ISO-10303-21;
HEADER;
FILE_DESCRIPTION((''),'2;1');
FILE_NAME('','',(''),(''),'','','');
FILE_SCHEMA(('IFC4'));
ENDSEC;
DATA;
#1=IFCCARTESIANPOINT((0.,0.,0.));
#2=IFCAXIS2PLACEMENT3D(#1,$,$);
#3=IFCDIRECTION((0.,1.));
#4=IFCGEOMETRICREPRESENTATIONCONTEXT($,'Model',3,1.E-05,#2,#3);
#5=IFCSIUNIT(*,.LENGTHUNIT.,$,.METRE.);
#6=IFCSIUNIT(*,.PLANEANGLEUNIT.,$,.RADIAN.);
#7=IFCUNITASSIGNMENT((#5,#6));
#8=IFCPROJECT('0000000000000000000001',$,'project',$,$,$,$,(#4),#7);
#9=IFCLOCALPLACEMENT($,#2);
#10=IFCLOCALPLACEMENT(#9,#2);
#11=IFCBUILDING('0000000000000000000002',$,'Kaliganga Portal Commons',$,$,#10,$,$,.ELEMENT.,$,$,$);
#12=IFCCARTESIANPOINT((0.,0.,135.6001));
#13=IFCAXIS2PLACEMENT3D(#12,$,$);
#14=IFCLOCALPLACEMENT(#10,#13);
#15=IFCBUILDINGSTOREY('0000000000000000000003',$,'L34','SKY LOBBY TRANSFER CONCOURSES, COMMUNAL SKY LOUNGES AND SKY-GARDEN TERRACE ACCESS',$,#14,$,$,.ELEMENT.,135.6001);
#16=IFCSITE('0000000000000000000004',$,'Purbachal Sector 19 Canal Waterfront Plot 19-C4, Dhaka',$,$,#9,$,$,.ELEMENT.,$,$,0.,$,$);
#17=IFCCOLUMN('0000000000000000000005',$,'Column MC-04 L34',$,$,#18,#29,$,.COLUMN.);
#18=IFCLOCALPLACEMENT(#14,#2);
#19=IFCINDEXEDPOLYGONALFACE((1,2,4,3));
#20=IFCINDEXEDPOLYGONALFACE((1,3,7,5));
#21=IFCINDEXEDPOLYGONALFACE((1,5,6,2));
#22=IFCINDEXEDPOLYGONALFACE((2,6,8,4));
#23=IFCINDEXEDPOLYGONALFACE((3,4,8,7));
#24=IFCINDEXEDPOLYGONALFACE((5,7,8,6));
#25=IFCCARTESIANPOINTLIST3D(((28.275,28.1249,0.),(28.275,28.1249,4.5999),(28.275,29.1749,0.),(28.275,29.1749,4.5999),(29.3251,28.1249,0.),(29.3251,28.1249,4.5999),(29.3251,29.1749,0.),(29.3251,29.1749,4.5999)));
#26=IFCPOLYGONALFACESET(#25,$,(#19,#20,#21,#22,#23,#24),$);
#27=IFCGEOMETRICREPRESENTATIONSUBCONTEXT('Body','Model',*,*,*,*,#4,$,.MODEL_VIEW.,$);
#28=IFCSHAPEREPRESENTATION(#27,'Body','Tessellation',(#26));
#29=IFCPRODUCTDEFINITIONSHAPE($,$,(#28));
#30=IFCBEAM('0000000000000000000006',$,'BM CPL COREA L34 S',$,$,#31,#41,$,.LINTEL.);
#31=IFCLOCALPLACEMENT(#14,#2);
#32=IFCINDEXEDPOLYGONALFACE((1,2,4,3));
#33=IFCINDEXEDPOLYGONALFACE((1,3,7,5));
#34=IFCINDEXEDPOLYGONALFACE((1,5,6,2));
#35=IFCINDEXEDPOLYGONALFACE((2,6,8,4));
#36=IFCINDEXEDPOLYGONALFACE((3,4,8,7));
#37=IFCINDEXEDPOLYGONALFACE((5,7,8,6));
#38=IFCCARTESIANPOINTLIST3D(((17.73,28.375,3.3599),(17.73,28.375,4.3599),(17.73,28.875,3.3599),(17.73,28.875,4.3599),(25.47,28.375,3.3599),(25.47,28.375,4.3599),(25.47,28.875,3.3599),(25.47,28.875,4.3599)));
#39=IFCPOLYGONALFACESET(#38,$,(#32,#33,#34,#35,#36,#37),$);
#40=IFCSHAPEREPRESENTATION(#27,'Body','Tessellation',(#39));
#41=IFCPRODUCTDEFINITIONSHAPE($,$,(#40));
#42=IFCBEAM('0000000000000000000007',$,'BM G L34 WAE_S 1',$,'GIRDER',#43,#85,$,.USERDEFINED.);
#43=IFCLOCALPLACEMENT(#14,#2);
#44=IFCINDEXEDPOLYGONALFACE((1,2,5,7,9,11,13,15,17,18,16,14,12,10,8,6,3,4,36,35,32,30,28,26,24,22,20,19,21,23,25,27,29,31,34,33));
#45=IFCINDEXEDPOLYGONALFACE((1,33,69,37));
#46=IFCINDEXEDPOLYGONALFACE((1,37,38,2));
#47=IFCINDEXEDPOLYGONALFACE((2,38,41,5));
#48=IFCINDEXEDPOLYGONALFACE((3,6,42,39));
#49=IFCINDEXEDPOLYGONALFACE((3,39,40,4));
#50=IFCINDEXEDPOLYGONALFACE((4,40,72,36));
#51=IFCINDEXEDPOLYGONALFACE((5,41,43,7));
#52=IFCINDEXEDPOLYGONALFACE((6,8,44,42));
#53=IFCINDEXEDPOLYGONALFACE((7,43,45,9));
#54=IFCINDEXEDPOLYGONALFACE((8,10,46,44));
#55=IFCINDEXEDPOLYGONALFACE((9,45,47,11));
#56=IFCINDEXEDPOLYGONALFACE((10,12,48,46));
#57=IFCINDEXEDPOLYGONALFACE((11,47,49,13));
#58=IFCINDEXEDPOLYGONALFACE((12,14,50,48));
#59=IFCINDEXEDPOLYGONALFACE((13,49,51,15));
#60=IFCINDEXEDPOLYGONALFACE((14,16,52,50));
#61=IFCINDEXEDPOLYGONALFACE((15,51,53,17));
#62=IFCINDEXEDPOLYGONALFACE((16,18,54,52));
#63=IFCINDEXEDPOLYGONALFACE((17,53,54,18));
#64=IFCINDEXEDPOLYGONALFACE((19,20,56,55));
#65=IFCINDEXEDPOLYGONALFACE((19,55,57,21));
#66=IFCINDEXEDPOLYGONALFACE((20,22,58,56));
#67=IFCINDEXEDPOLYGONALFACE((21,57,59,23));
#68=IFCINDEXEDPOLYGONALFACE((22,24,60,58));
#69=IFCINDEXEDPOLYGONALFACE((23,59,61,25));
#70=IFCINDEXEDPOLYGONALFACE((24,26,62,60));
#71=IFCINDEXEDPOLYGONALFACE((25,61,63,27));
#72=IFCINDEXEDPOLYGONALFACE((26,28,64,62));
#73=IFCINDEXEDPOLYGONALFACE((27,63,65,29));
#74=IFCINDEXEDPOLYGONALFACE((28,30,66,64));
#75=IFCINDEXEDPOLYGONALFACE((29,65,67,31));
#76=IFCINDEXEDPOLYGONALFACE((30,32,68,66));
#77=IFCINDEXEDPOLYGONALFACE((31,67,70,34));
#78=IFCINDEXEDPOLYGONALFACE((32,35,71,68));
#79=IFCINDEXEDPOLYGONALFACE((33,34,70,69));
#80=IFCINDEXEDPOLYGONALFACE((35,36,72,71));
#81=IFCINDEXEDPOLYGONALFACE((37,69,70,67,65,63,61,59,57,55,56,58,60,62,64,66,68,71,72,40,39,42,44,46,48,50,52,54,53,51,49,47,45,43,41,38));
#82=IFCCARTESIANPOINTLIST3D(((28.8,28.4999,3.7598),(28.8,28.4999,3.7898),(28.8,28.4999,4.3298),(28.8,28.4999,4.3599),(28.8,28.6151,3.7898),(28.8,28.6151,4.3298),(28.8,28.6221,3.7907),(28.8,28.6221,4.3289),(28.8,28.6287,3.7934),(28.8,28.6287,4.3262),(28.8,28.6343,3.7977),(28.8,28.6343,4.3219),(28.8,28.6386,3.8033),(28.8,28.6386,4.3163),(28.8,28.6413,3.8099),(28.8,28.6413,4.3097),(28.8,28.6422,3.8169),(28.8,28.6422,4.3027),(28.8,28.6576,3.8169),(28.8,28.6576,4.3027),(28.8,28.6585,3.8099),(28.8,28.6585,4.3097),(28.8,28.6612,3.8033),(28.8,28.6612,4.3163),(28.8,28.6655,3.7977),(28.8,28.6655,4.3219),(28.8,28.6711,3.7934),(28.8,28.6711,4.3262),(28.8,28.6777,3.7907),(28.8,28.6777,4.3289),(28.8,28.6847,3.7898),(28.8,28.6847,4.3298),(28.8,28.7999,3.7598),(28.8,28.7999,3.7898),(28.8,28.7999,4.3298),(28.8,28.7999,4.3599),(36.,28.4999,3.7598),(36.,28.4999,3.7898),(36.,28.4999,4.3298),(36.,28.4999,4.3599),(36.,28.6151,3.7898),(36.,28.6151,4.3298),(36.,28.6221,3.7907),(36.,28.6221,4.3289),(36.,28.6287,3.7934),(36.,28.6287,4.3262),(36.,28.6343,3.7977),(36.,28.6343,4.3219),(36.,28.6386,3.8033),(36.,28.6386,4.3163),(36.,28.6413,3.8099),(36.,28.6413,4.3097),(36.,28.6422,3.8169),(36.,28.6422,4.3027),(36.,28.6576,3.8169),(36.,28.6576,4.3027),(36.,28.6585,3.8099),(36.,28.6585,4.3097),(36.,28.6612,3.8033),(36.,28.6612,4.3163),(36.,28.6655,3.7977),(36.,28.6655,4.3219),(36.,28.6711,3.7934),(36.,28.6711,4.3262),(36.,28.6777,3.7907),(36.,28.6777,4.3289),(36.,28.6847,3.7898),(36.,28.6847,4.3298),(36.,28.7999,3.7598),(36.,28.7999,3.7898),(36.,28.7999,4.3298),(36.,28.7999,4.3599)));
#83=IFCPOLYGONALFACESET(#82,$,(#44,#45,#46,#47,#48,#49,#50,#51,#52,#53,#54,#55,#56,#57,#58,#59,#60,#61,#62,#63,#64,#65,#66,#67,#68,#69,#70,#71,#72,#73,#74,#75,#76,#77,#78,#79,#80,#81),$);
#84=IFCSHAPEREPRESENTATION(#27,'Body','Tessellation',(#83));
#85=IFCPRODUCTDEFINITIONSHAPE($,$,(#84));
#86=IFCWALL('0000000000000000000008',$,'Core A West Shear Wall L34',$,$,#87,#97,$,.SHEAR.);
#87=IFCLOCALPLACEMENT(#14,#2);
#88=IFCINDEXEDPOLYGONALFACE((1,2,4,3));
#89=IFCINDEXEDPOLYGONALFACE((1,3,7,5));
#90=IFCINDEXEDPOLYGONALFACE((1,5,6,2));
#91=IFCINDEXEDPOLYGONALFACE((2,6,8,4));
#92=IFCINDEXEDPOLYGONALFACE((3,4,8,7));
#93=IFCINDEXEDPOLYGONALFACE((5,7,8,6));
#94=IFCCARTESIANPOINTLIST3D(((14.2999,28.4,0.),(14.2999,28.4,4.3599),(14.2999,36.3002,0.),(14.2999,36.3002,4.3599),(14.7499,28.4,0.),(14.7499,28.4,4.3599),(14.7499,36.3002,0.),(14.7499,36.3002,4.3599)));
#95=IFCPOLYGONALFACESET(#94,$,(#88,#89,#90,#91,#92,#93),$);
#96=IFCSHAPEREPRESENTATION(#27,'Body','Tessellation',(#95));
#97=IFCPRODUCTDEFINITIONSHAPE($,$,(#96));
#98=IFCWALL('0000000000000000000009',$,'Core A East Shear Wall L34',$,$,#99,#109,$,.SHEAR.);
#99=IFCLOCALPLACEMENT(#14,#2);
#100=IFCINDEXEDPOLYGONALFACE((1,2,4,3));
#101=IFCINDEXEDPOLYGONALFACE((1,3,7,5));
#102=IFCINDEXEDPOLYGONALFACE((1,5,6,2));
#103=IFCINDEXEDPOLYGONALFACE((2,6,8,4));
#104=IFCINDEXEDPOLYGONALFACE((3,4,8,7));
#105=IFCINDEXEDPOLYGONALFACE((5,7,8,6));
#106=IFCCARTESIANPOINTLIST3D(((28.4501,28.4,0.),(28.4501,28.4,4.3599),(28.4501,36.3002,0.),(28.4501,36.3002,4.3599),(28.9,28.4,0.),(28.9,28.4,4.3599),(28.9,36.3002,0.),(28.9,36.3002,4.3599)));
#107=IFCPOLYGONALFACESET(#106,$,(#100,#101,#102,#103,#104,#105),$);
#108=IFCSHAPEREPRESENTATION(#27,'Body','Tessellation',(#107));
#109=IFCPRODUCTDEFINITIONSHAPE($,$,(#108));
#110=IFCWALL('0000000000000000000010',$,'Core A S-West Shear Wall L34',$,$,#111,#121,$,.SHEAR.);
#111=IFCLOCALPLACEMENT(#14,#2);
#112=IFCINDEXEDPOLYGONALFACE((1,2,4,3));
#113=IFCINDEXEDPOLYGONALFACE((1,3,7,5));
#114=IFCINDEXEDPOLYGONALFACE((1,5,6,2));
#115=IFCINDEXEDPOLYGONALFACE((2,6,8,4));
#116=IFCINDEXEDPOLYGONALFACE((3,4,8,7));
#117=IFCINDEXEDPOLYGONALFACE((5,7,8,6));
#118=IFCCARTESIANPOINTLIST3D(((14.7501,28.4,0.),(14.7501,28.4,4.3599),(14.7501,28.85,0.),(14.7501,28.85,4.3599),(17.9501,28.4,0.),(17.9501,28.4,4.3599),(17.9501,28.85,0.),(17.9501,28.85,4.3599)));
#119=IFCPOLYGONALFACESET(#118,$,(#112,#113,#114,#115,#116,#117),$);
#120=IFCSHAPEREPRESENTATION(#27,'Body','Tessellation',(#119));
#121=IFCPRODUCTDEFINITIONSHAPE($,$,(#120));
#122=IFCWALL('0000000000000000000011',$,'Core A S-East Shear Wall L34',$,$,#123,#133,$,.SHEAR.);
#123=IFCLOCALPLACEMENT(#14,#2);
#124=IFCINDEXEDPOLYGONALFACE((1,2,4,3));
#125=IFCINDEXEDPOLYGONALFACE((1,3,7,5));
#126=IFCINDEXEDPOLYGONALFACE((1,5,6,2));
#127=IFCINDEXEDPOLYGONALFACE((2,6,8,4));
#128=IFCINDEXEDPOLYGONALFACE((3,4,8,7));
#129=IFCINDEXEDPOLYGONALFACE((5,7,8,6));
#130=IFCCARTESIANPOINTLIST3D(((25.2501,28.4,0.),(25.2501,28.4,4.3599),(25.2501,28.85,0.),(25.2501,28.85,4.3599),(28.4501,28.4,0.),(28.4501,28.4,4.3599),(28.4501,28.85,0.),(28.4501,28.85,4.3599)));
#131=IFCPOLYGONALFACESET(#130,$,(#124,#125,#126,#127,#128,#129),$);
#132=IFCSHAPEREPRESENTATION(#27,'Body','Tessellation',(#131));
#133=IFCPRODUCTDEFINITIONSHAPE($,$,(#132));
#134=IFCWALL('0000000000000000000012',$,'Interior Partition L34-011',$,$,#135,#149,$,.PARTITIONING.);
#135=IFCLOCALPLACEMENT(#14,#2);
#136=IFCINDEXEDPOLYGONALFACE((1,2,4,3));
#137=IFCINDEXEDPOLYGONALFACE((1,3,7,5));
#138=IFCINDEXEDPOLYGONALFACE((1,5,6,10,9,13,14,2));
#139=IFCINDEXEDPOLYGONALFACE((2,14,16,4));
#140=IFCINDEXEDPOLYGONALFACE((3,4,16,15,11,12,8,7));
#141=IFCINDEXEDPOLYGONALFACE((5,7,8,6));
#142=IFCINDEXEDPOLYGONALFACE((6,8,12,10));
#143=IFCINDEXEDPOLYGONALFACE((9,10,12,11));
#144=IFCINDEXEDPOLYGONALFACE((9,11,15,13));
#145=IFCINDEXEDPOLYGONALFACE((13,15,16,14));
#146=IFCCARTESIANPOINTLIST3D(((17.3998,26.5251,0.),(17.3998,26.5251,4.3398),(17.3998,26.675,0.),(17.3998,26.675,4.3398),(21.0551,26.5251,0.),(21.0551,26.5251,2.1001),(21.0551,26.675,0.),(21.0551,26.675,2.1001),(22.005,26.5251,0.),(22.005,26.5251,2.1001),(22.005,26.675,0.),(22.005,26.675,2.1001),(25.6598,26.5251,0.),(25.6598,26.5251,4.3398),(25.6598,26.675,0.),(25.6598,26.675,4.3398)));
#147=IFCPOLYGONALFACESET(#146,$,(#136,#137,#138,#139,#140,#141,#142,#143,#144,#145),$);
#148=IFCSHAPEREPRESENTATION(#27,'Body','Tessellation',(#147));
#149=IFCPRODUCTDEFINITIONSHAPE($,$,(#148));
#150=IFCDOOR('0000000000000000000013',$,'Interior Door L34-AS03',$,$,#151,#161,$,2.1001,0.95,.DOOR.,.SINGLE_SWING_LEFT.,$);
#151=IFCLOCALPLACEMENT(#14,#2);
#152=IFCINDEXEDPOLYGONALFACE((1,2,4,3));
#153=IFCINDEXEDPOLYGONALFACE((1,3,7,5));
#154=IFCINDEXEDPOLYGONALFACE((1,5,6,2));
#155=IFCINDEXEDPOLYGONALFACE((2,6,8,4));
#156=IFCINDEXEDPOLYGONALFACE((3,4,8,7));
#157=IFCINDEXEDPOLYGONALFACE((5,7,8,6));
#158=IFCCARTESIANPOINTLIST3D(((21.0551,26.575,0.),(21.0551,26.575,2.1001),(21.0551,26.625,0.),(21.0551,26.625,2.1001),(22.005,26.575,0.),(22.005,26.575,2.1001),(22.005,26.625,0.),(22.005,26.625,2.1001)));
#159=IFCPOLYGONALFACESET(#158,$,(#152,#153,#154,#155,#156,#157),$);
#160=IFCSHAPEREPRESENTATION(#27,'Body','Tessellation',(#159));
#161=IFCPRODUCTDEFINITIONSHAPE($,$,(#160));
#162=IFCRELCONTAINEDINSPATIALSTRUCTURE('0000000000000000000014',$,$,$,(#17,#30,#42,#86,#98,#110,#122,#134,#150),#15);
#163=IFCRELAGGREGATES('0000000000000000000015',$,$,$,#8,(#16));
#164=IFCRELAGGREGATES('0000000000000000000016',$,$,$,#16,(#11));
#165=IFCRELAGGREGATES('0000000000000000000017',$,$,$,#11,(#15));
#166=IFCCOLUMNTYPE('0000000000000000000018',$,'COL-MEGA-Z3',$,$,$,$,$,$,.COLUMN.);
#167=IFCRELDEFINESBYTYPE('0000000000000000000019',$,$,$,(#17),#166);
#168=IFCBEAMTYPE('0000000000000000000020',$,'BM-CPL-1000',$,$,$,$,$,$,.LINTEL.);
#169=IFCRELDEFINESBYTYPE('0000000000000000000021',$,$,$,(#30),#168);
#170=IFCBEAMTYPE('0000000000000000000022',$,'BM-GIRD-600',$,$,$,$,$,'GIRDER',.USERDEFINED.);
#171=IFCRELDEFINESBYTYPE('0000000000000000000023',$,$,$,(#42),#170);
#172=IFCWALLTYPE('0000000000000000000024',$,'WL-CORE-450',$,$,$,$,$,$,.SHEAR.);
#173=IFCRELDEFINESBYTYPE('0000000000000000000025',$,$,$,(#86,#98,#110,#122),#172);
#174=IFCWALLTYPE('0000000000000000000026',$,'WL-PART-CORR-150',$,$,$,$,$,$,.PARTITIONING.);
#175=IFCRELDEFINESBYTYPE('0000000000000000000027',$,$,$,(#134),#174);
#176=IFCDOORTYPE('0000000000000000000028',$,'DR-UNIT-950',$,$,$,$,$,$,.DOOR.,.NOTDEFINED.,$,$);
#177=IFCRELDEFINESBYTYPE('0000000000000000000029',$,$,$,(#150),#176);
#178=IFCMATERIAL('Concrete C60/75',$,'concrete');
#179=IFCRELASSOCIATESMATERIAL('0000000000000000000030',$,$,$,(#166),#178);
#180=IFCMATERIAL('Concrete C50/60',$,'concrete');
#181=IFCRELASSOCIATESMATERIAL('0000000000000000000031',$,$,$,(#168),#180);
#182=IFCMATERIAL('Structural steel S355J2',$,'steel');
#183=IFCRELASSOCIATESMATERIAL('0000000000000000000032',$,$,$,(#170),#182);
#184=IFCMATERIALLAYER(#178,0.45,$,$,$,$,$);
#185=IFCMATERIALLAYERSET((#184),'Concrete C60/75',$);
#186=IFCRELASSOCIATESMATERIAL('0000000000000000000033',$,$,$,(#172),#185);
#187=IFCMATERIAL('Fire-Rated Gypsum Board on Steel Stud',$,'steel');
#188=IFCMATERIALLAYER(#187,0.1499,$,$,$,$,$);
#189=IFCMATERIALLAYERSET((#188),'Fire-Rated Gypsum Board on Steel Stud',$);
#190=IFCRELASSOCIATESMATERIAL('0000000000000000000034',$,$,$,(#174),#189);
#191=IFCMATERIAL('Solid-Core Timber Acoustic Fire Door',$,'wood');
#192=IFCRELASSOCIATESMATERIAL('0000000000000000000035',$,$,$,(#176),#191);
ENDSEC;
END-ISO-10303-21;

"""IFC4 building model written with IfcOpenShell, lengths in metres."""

from ifc_helpers import new_model, si_unit, direction, frame, frame_2d, origin, origin_2d, place, context, subcontext, project, spatial, rectangle, i_section, extrude, source, transform, mapped, material, layer, layer_set, material_profile, profile_set, type_object, element, fill, save


model = new_model("IFC4")

# Units and contexts
model_context = context("Model", 3, precision=1e-05, world=origin(), true_north=direction((0.0, 1.0)))
body_context = subcontext(model_context, "Body", "Model", "MODEL_VIEW")
ifc_project = project(units=[si_unit("LENGTHUNIT", "METRE"), si_unit("PLANEANGLEUNIT", "RADIAN")], contexts=[model_context])

# Site, building, storey
site_placement = place(None, origin())
site = spatial("IfcSite", under=ifc_project, at=site_placement, Name="Purbachal Sector 19 Canal Waterfront Plot 19-C4, Dhaka", CompositionType="ELEMENT", RefElevation=0.0)
building_placement = place(site_placement, origin())
building = spatial("IfcBuilding", under=site, at=building_placement, Name="Kaliganga Portal Commons", CompositionType="ELEMENT")
storey_placement = place(building_placement, frame((0.0, 0.0, 135.6001)))
storey = spatial("IfcBuildingStorey", under=building, at=storey_placement, Name="L34", Description="SKY LOBBY TRANSFER CONCOURSES, COMMUNAL SKY LOUNGES AND SKY-GARDEN TERRACE ACCESS", CompositionType="ELEMENT", Elevation=135.6001)

# Column
ifc_material_1 = material(Name="Concrete C60/75", Category="concrete")
ifc_material_profile_1 = material_profile(ifc_material_1, rectangle(XDim=1.05, YDim=1.05, at=origin_2d()), Name="RC 1050x1050")
ifc_profile_set_1 = profile_set([ifc_material_profile_1], Name="Concrete C60/75")
column_type = type_object("IfcColumnType", Name="COL-MEGA-Z3", PredefinedType="COLUMN", material=ifc_profile_set_1)
shared_shape_1 = source(origin(), body_context, "Body", "SweptSolid", [
    extrude(rectangle(XDim=1.05, YDim=1.05, at=origin_2d()), origin(), (0.0, 0.0, 1.0), 4.5999),
])
column_placement = place(storey_placement, frame((28.8, 28.6499, 0.0), z_axis=(0.0, 0.0, 1.0), x_axis=(1.0, 0.0, 0.0)))
element("IfcColumn", 1, at=column_placement, inside=storey, type_object=column_type, Name="Column MC-04 L34", PredefinedType="COLUMN", context=body_context, shape_type="MappedRepresentation", body=[
    mapped(shared_shape_1, transform((0.0, 0.0, 0.0), x_axis=(1.0, 0.0, 0.0), y_axis=(0.0, 1.0, 0.0), z_axis=(0.0, 0.0, 1.0), scale=1.0)),
])

# Beams
ifc_material_2 = material(Name="Concrete C50/60", Category="concrete")
ifc_material_profile_2 = material_profile(ifc_material_2, rectangle(XDim=0.5, YDim=1.0, at=origin_2d()), Name="RC 500x1000")
ifc_profile_set_2 = profile_set([ifc_material_profile_2], Name="Concrete C50/60")
beam_type_1 = type_object("IfcBeamType", Name="BM-CPL-1000", PredefinedType="LINTEL", material=ifc_profile_set_2)
shared_shape_2 = source(origin(), body_context, "Body", "SweptSolid", [
    extrude(rectangle(XDim=0.5, YDim=1.0, at=origin_2d()), origin(), (0.0, 0.0, 1.0), 7.74),
])
beam_1_placement = place(storey_placement, frame((17.73, 28.625, 3.8599), z_axis=(1.0, 0.0, 0.0), x_axis=(0.0, 1.0, 0.0)))
element("IfcBeam", 2, at=beam_1_placement, inside=storey, type_object=beam_type_1, Name="BM CPL COREA L34 S", PredefinedType="LINTEL", context=body_context, shape_type="MappedRepresentation", body=[
    mapped(shared_shape_2, transform((0.0, 0.0, 0.0), x_axis=(1.0, 0.0, 0.0), y_axis=(0.0, 1.0, 0.0), z_axis=(0.0, 0.0, 1.0), scale=1.0)),
])
ifc_material_3 = material(Name="Structural steel S355J2", Category="steel")
ifc_material_profile_3 = material_profile(ifc_material_3, i_section(OverallWidth=0.3, OverallDepth=0.6001, WebThickness=0.0154, FlangeThickness=0.03, FilletRadius=0.0271, at=origin_2d()), Name="HE 600 B")
ifc_profile_set_3 = profile_set([ifc_material_profile_3], Name="Structural steel S355J2 wide-flange")
beam_type_2 = type_object("IfcBeamType", Name="BM-GIRD-600", ElementType="GIRDER", PredefinedType="USERDEFINED", material=ifc_profile_set_3)
shared_shape_3 = source(origin(), body_context, "Body", "SweptSolid", [
    extrude(i_section(OverallWidth=0.3, OverallDepth=0.6001, WebThickness=0.0154, FlangeThickness=0.03, FilletRadius=0.0271, at=origin_2d()), origin(), (0.0, 0.0, 1.0), 7.2),
])
beam_2_placement = place(storey_placement, frame((28.8, 28.6499, 4.0598), z_axis=(1.0, 0.0, 0.0), x_axis=(0.0, 1.0, 0.0)))
element("IfcBeam", 3, at=beam_2_placement, inside=storey, type_object=beam_type_2, Name="BM G L34 WAE_S 1", ObjectType="GIRDER", PredefinedType="USERDEFINED", context=body_context, shape_type="MappedRepresentation", body=[
    mapped(shared_shape_3, transform((0.0, 0.0, 0.0), x_axis=(1.0, 0.0, 0.0), y_axis=(0.0, 1.0, 0.0), z_axis=(0.0, 0.0, 1.0), scale=1.0)),
])

# Walls
ifc_layer_1 = layer(ifc_material_1, 0.45)
ifc_layer_set_1 = layer_set([ifc_layer_1], Name="Concrete C60/75")
wall_type_1 = type_object("IfcWallType", Name="WL-CORE-450", PredefinedType="SHEAR", material=ifc_layer_set_1)
for number, where, z_axis, x_axis, name in (
    (4, (14.5249, 28.3999, 0.0), (0.0, 0.0, 1.0), (0.0, 1.0, 0.0), "Core A West Shear Wall L34"),
    (5, (28.675, 28.3999, 0.0), (0.0, 0.0, 1.0), (0.0, 1.0, 0.0), "Core A East Shear Wall L34"),
):
    element("IfcWall", number, at=place(storey_placement, frame(where, z_axis=z_axis, x_axis=x_axis)), inside=storey, type_object=wall_type_1, Name=name, PredefinedType="SHEAR", context=body_context, shape_type="SweptSolid", body=[
        extrude(rectangle(XDim=7.9001, YDim=0.45, at=frame_2d((3.9502, 0.0))), origin(), (0.0, 0.0, 1.0), 4.3599),
    ])
for number, where, z_axis, x_axis, name in (
    (6, (14.75, 28.625, 0.0), (0.0, 0.0, 1.0), (1.0, 0.0, 0.0), "Core A S-West Shear Wall L34"),
    (7, (25.25, 28.625, 0.0), (0.0, 0.0, 1.0), (1.0, 0.0, 0.0), "Core A S-East Shear Wall L34"),
):
    element("IfcWall", number, at=place(storey_placement, frame(where, z_axis=z_axis, x_axis=x_axis)), inside=storey, type_object=wall_type_1, Name=name, PredefinedType="SHEAR", context=body_context, shape_type="SweptSolid", body=[
        extrude(rectangle(XDim=3.2, YDim=0.45, at=frame_2d((1.6001, 0.0))), origin(), (0.0, 0.0, 1.0), 4.3599),
    ])

# Wall, opening, door
ifc_material_4 = material(Name="Fire-Rated Gypsum Board on Steel Stud", Category="steel")
ifc_layer_2 = layer(ifc_material_4, 0.1499)
ifc_layer_set_2 = layer_set([ifc_layer_2], Name="Fire-Rated Gypsum Board on Steel Stud")
wall_type_2 = type_object("IfcWallType", Name="WL-PART-CORR-150", PredefinedType="PARTITIONING", material=ifc_layer_set_2)
wall_1_placement = place(storey_placement, frame((17.3999, 26.6001, 0.0), z_axis=(0.0, 0.0, 1.0), x_axis=(1.0, 0.0, 0.0)))
wall_1 = element("IfcWall", 8, at=wall_1_placement, inside=storey, type_object=wall_type_2, Name="Interior Partition L34-011", PredefinedType="PARTITIONING", context=body_context, shape_type="SweptSolid", body=[
    extrude(rectangle(XDim=8.26, YDim=0.1499, at=frame_2d((4.1299, 0.0))), origin(), (0.0, 0.0, 1.0), 4.3398),
])
opening_1_placement = place(wall_1_placement, frame((3.655, 0.0, 0.0)))
opening_1 = element("IfcOpeningElement", 9, at=opening_1_placement, cuts=wall_1, PredefinedType="OPENING", context=body_context, shape_type="SweptSolid", body=[
    extrude(rectangle(XDim=0.95, YDim=2.1001, at=frame_2d((0.4751, 1.05))), frame((0.0, 0.085, 0.0), z_axis=(0.0, -1.0, 0.0), x_axis=(1.0, 0.0, 0.0)), (0.0, 0.0, 1.0), 0.1699),
])
ifc_material_5 = material(Name="Solid-Core Timber Acoustic Fire Door", Category="wood")
door_type_1 = type_object("IfcDoorType", Name="DR-UNIT-950", OperationType="NOTDEFINED", PredefinedType="DOOR", material=ifc_material_5)
door_1_placement = place(opening_1_placement, origin())
door_1 = element("IfcDoor", 10, at=door_1_placement, inside=storey, type_object=door_type_1, Name="Interior Door L34-AS03", OperationType="SINGLE_SWING_LEFT", OverallHeight=2.1001, OverallWidth=0.95, PredefinedType="DOOR", context=body_context, shape_type="SweptSolid", body=[
    extrude(rectangle(XDim=0.95, YDim=2.1001, at=frame_2d((0.4751, 1.05))), frame((0.0, 0.0249, 0.0), z_axis=(0.0, -1.0, 0.0), x_axis=(1.0, 0.0, 0.0)), (0.0, 0.0, 1.0), 0.05),
])
fill(opening_1, door_1)

save(model, "model.ifc")
